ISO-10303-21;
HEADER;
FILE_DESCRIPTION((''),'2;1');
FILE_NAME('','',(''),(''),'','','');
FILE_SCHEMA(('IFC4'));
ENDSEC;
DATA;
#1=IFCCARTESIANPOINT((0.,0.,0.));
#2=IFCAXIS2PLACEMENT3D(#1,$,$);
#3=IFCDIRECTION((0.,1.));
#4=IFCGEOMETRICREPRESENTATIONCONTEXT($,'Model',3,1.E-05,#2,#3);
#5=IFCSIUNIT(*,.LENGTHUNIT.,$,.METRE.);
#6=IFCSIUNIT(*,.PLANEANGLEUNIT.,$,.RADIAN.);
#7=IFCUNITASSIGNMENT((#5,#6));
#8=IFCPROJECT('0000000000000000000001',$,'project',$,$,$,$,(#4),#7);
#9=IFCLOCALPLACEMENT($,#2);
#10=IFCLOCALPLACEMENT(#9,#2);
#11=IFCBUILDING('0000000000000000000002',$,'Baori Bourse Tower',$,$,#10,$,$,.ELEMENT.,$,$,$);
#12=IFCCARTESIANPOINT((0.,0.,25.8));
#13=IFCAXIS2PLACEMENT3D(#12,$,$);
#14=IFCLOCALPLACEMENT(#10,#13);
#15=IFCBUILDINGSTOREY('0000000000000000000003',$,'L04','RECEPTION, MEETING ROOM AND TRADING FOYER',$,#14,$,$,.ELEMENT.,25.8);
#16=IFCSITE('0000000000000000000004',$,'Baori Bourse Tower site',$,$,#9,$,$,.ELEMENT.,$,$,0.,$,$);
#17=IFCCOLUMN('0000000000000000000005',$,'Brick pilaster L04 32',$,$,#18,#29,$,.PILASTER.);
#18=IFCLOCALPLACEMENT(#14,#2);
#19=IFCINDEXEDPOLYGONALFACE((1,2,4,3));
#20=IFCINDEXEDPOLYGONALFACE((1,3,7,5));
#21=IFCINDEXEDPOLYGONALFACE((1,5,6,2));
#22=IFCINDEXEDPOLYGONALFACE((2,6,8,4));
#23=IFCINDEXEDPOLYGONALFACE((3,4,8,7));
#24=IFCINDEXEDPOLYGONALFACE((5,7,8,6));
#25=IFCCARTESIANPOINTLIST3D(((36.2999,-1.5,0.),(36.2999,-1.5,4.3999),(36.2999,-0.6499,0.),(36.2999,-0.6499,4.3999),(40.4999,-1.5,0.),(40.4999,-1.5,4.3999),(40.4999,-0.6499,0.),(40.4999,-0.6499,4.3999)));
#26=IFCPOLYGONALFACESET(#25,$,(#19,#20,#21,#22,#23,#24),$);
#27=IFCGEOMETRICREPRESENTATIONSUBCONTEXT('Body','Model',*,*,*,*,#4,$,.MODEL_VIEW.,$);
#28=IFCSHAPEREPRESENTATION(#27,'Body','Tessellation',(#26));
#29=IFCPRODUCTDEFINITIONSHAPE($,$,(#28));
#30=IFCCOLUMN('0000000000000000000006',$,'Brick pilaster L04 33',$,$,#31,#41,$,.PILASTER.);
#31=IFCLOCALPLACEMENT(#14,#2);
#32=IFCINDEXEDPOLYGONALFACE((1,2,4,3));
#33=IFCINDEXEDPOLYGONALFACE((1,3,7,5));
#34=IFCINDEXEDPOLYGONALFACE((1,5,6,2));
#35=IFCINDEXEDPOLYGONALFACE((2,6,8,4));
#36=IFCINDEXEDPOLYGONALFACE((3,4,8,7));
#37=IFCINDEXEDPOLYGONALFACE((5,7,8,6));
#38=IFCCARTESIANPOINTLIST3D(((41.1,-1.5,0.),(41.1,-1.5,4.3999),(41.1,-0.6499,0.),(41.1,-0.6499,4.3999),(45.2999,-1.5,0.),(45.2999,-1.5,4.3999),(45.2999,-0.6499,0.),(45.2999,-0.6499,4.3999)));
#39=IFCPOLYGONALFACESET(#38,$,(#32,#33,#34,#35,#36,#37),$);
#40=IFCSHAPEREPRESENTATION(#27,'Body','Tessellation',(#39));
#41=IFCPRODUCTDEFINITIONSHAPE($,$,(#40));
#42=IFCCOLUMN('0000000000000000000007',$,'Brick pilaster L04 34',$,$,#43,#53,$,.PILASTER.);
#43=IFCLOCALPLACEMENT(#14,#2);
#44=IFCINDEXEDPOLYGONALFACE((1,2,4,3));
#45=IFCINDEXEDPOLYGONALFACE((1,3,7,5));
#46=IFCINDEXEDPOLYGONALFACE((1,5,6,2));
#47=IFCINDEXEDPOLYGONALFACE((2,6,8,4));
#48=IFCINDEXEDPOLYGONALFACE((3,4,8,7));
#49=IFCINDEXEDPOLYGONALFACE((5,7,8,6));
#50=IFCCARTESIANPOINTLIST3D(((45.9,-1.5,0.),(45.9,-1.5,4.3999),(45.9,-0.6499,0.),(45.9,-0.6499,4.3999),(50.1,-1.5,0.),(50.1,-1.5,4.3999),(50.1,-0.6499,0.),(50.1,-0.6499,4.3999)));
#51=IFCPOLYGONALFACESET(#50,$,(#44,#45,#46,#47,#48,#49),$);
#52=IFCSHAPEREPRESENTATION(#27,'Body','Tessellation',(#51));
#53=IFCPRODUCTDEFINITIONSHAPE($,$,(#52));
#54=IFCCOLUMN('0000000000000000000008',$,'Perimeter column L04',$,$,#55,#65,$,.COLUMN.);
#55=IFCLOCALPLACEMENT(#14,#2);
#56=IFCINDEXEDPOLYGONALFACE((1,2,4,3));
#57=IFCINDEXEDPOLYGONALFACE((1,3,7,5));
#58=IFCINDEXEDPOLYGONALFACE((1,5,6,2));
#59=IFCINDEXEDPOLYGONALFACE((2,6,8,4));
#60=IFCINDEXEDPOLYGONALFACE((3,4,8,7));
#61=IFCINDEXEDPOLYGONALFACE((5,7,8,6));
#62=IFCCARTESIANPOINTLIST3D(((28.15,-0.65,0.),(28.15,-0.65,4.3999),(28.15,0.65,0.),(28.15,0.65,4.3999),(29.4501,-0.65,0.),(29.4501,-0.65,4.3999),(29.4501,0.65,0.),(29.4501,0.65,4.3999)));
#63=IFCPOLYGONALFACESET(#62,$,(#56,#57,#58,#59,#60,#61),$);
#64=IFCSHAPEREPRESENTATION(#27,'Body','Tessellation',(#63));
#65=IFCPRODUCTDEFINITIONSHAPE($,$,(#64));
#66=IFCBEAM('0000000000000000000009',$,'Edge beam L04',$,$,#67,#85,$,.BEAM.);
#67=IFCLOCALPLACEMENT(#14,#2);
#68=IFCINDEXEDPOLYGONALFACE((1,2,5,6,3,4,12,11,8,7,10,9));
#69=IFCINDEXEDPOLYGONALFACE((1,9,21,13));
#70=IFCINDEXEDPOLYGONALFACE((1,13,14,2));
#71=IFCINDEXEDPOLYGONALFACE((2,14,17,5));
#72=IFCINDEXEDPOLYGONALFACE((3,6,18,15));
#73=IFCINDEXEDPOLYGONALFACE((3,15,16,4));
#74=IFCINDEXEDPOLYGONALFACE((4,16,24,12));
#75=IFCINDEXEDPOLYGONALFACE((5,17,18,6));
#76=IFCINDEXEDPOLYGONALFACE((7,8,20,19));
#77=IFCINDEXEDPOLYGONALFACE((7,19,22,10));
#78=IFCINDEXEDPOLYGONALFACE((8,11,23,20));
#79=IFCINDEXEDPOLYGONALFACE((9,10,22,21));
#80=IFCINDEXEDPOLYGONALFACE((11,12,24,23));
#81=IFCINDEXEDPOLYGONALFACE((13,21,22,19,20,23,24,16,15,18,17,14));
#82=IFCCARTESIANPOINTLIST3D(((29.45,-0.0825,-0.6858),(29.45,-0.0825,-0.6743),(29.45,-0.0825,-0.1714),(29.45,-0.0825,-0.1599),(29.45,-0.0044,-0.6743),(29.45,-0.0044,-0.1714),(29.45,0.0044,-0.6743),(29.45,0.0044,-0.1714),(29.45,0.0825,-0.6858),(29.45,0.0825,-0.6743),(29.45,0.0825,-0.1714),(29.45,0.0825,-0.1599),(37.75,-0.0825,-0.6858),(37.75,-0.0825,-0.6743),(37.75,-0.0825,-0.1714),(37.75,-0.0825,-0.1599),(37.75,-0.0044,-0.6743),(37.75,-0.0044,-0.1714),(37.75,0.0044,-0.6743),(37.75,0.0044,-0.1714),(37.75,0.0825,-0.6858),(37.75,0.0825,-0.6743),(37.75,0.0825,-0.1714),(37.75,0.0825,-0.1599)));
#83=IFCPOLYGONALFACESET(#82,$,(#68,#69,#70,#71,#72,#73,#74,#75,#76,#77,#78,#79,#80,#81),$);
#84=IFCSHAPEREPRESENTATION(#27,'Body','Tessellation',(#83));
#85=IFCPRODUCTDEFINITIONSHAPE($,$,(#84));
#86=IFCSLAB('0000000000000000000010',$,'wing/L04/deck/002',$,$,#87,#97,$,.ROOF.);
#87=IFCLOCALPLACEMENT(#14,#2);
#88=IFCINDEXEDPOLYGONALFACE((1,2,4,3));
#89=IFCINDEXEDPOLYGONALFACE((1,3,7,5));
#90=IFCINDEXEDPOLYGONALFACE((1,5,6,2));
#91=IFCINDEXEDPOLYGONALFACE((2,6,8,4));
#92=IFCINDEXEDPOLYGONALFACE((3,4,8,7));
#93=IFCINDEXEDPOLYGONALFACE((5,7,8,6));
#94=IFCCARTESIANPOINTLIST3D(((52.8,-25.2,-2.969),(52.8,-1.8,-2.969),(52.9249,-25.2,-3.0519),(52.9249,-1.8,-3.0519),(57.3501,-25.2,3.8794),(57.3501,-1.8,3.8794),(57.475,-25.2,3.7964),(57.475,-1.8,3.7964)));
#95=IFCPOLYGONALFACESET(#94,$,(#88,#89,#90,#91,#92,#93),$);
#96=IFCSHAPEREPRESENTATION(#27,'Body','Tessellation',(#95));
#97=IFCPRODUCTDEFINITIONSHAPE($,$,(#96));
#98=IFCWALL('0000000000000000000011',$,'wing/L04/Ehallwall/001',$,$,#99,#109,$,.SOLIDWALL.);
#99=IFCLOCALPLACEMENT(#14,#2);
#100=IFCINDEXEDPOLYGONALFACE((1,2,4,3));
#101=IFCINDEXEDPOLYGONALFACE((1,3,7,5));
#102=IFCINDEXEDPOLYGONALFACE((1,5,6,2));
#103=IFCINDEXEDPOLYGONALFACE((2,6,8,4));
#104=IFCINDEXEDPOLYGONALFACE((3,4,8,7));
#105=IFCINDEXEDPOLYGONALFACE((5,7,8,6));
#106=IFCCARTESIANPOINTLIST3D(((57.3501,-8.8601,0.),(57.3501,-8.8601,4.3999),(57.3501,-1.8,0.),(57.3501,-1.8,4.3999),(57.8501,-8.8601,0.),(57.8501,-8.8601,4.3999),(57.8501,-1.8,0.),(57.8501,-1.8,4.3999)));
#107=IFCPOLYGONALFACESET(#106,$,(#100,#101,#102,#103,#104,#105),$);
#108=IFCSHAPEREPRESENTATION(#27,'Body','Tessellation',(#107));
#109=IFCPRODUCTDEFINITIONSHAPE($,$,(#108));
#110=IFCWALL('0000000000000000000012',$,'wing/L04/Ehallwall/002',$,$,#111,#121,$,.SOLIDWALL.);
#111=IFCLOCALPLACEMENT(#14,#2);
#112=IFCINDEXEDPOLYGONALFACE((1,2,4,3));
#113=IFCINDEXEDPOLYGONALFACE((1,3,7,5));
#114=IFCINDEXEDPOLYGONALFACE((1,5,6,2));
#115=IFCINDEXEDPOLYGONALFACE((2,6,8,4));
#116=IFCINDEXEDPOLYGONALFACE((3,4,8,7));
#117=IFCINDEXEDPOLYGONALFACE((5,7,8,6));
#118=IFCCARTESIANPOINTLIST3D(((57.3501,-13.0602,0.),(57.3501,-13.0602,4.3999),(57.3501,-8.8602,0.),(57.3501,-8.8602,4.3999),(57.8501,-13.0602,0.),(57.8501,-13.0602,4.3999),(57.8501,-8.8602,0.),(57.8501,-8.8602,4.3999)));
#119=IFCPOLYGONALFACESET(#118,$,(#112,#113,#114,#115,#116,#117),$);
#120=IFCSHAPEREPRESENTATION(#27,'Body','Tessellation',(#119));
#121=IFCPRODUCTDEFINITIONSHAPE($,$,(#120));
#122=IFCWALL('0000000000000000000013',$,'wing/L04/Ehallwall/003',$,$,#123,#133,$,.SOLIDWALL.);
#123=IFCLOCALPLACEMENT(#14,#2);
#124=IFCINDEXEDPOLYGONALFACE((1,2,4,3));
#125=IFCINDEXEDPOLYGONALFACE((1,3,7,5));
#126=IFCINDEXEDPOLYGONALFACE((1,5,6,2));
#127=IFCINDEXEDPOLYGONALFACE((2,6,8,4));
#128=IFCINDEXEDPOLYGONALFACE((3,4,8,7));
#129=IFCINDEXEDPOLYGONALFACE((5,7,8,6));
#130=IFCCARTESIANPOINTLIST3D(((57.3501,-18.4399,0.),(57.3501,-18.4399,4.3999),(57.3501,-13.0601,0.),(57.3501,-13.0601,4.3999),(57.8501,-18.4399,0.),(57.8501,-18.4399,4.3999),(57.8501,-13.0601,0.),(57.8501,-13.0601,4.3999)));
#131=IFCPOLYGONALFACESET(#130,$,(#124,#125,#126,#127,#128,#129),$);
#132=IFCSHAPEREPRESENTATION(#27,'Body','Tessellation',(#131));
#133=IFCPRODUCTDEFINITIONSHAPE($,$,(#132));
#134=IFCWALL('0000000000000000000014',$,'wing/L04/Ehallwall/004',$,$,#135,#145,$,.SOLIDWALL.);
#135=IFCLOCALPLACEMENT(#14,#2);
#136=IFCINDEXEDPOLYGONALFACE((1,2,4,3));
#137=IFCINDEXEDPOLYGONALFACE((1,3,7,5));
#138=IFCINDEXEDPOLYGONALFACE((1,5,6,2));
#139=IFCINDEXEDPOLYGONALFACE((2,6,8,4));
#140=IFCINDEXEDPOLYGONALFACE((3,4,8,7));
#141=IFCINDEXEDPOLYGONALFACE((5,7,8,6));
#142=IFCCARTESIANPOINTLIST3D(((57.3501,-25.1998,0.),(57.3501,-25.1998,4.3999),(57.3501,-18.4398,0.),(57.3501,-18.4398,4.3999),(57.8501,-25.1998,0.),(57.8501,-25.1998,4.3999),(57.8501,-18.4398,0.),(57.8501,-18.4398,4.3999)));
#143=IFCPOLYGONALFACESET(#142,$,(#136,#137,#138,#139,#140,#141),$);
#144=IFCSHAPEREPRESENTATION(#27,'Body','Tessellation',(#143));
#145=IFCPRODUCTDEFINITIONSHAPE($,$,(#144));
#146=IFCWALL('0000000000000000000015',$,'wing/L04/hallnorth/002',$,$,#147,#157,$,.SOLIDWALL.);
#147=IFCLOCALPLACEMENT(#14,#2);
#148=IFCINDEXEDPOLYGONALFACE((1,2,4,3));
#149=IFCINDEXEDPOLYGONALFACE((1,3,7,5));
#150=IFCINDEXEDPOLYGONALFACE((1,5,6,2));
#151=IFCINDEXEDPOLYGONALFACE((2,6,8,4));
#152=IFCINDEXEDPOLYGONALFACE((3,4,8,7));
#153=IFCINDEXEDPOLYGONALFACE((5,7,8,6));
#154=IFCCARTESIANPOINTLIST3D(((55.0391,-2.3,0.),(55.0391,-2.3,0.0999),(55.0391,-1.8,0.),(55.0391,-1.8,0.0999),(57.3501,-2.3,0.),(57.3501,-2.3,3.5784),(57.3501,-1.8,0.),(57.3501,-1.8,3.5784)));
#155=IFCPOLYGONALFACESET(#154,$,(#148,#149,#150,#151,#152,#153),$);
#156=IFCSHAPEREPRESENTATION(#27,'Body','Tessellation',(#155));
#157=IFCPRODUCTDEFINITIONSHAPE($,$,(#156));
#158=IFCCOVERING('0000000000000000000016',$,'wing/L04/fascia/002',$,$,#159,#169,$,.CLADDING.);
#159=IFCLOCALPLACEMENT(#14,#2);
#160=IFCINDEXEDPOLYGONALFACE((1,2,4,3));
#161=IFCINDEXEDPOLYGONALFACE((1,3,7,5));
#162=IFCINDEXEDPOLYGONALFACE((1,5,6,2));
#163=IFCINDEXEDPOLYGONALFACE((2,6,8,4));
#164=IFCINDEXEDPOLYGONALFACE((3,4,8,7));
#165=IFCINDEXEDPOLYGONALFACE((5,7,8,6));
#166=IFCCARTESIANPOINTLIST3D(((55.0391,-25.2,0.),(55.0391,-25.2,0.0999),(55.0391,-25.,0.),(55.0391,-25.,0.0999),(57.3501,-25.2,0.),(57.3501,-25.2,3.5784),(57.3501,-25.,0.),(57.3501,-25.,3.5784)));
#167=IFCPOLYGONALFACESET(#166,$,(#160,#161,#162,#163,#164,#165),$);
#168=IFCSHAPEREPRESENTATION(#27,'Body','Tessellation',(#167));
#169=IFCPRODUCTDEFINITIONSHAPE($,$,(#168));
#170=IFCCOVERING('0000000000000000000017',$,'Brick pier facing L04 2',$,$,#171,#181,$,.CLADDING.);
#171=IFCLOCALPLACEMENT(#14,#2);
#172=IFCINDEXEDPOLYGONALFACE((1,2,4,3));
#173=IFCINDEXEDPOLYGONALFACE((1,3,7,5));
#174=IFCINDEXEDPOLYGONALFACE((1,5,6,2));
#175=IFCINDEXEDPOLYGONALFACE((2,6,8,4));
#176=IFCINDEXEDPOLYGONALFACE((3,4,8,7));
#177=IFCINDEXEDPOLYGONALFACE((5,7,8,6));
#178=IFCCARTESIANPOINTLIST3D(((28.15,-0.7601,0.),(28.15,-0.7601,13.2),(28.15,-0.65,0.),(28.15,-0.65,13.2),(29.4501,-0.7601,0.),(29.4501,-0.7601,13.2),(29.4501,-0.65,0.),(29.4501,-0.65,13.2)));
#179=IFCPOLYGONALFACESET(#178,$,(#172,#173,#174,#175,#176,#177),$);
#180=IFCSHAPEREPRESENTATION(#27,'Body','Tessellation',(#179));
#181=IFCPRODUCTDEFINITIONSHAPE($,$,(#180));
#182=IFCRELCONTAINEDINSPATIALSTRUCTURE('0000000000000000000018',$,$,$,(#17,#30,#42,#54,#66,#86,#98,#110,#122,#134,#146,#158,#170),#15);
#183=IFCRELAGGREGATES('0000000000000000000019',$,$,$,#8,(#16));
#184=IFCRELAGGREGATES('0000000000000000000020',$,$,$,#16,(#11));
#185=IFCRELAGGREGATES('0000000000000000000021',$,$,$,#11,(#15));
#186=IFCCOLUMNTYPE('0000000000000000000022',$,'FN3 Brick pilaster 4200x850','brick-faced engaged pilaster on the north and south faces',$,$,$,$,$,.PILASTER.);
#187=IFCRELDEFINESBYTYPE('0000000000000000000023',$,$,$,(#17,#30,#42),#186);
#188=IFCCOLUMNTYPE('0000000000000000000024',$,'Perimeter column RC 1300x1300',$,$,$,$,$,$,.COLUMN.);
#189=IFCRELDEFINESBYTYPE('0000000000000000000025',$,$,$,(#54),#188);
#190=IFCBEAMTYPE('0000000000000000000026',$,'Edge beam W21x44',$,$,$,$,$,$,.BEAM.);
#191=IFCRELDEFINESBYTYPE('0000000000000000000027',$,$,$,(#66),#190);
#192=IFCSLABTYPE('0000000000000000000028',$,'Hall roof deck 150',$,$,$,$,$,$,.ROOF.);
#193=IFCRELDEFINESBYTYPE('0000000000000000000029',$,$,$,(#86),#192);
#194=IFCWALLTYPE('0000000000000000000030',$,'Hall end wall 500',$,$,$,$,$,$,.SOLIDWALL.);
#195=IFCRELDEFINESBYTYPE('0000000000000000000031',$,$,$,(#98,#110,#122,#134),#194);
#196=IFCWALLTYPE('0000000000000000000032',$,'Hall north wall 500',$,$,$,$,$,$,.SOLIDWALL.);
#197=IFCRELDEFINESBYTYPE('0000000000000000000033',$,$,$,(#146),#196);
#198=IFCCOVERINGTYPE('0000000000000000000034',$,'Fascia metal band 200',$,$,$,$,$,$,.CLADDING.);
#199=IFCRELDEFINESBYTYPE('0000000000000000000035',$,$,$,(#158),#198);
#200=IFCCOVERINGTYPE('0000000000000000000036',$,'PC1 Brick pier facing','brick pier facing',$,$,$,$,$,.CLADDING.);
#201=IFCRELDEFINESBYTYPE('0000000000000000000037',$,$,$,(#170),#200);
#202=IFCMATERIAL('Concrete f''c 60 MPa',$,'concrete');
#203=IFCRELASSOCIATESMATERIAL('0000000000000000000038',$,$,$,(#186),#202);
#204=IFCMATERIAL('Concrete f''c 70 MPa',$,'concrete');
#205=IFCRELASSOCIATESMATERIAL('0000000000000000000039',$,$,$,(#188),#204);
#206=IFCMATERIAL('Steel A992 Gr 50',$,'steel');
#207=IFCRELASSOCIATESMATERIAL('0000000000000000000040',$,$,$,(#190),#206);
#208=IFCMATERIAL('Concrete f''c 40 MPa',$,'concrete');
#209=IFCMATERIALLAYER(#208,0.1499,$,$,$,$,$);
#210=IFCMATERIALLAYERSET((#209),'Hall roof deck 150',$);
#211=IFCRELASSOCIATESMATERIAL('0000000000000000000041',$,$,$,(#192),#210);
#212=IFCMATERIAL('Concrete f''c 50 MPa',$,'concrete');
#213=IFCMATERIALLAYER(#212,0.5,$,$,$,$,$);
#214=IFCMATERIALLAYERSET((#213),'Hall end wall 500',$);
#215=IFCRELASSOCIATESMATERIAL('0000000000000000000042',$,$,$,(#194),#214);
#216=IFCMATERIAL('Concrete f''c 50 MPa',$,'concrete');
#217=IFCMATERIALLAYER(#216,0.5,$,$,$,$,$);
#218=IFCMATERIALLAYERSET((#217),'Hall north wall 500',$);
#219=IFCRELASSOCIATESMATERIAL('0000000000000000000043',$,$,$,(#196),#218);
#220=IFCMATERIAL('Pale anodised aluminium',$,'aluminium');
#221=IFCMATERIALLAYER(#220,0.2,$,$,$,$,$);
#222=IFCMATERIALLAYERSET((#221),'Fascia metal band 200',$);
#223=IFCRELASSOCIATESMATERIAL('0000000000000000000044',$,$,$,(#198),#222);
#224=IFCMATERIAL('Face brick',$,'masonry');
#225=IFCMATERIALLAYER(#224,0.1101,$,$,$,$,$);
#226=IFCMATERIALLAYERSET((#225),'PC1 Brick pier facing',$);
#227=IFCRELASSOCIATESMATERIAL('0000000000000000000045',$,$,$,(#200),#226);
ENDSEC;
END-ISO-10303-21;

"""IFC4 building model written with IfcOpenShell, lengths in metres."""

from ifc_helpers import new_model, si_unit, direction, frame, frame_2d, origin, origin_2d, place, context, subcontext, project, spatial, polyline, rectangle, i_section, outline, extrude, material, layer, layer_set, material_profile, profile_set, type_object, element, save


model = new_model("IFC4")

# Units and contexts
model_context = context("Model", 3, precision=1e-05, world=origin(), true_north=direction((0.0, 1.0)))
body_context = subcontext(model_context, "Body", "Model", "MODEL_VIEW")
ifc_project = project(units=[si_unit("LENGTHUNIT", "METRE"), si_unit("PLANEANGLEUNIT", "RADIAN")], contexts=[model_context])

# Site, building, storey
site_placement = place(None, origin())
site = spatial("IfcSite", under=ifc_project, at=site_placement, Name="Baori Bourse Tower site", CompositionType="ELEMENT", RefElevation=0.0)
building_placement = place(site_placement, origin())
building = spatial("IfcBuilding", under=site, at=building_placement, Name="Baori Bourse Tower", CompositionType="ELEMENT")
storey_placement = place(building_placement, frame((0.0, 0.0, 25.8)))
storey = spatial("IfcBuildingStorey", under=building, at=storey_placement, Name="L04", Description="RECEPTION, MEETING ROOM AND TRADING FOYER", CompositionType="ELEMENT", Elevation=25.8)

# Columns
ifc_material_1 = material(Name="Concrete f'c 60 MPa", Category="concrete")
ifc_material_profile_1 = material_profile(ifc_material_1, rectangle(XDim=4.2, YDim=0.8501, at=origin_2d()), Name="RC 4200x850")
ifc_profile_set_1 = profile_set([ifc_material_profile_1], Name="Concrete f'c 60 MPa")
column_type_1 = type_object("IfcColumnType", Name="FN3 Brick pilaster 4200x850", Description="brick-faced engaged pilaster on the north and south faces", PredefinedType="PILASTER", material=ifc_profile_set_1)
for number, where, z_axis, x_axis, name in (
    (1, (38.3999, -1.075, 0.0), (0.0, 0.0, 1.0), (1.0, 0.0, 0.0), "Brick pilaster L04 32"),
    (2, (43.2, -1.075, 0.0), (0.0, 0.0, 1.0), (1.0, 0.0, 0.0), "Brick pilaster L04 33"),
    (3, (48.0, -1.075, 0.0), (0.0, 0.0, 1.0), (1.0, 0.0, 0.0), "Brick pilaster L04 34"),
):
    element("IfcColumn", number, at=place(storey_placement, frame(where, z_axis=z_axis, x_axis=x_axis)), inside=storey, type_object=column_type_1, Name=name, PredefinedType="PILASTER", context=body_context, shape_type="SweptSolid", body=[
        extrude(rectangle(XDim=4.2, YDim=0.8501, at=origin_2d()), origin(), (0.0, 0.0, 1.0), 4.3999),
    ])
ifc_material_2 = material(Name="Concrete f'c 70 MPa", Category="concrete")
ifc_material_profile_2 = material_profile(ifc_material_2, rectangle(XDim=1.3, YDim=1.3, at=origin_2d()), Name="RC 1300x1300")
ifc_profile_set_2 = profile_set([ifc_material_profile_2], Name="Concrete f'c 70 MPa")
column_type_2 = type_object("IfcColumnType", Name="Perimeter column RC 1300x1300", PredefinedType="COLUMN", material=ifc_profile_set_2)
column_placement = place(storey_placement, frame((28.8, 0.0, 0.0), z_axis=(0.0, 0.0, 1.0), x_axis=(1.0, 0.0, 0.0)))
element("IfcColumn", 4, at=column_placement, inside=storey, type_object=column_type_2, Name="Perimeter column L04", PredefinedType="COLUMN", context=body_context, shape_type="SweptSolid", body=[
    extrude(rectangle(XDim=1.3, YDim=1.3, at=origin_2d()), origin(), (0.0, 0.0, 1.0), 4.3999),
])

# Beam
ifc_material_3 = material(Name="Steel A992 Gr 50", Category="steel")
ifc_material_profile_3 = material_profile(ifc_material_3, i_section(OverallWidth=0.165, OverallDepth=0.5259, WebThickness=0.0088, FlangeThickness=0.0115, at=origin_2d()), Name="W21x44")
ifc_profile_set_3 = profile_set([ifc_material_profile_3], Name="Steel A992 Gr 50")
beam_type = type_object("IfcBeamType", Name="Edge beam W21x44", PredefinedType="BEAM", material=ifc_profile_set_3)
beam_placement = place(storey_placement, frame((29.45, 0.0, -0.4229), z_axis=(1.0, 0.0, 0.0), x_axis=(0.0, 1.0, 0.0)))
element("IfcBeam", 5, at=beam_placement, inside=storey, type_object=beam_type, Name="Edge beam L04", PredefinedType="BEAM", context=body_context, shape_type="SweptSolid", body=[
    extrude(i_section(OverallWidth=0.165, OverallDepth=0.5259, WebThickness=0.0088, FlangeThickness=0.0115, at=origin_2d()), origin(), (0.0, 0.0, 1.0), 8.3),
])

# Slab
ifc_material_4 = material(Name="Concrete f'c 40 MPa", Category="concrete")
ifc_layer_1 = layer(ifc_material_4, 0.1499)
ifc_layer_set_1 = layer_set([ifc_layer_1], Name="Hall roof deck 150")
slab_type = type_object("IfcSlabType", Name="Hall roof deck 150", PredefinedType="ROOF", material=ifc_layer_set_1)
slab_placement = place(storey_placement, frame((52.8, -25.2, -2.969), z_axis=(-0.832922, 0.0, 0.553391), x_axis=(0.553391, 0.0, 0.832922)))
element("IfcSlab", 6, at=slab_placement, inside=storey, type_object=slab_type, Name="wing/L04/deck/002", PredefinedType="ROOF", context=body_context, shape_type="SweptSolid", body=[
    extrude(outline(polyline([(0.0, 0.0), (8.2221, 0.0), (8.2221, 23.3999), (0.0, 23.3999), (0.0, 0.0)])), origin(), (0.0, 0.0, -1.0), 0.1499),
])

# Walls
ifc_material_5 = material(Name="Concrete f'c 50 MPa", Category="concrete")
ifc_layer_2 = layer(ifc_material_5, 0.5)
ifc_layer_set_2 = layer_set([ifc_layer_2], Name="Hall end wall 500")
wall_type_1 = type_object("IfcWallType", Name="Hall end wall 500", PredefinedType="SOLIDWALL", material=ifc_layer_set_2)
wall_1_placement = place(storey_placement, frame((57.6001, -1.8, 0.0), z_axis=(0.0, 0.0, 1.0), x_axis=(0.0, -1.0, 0.0)))
element("IfcWall", 7, at=wall_1_placement, inside=storey, type_object=wall_type_1, Name="wing/L04/Ehallwall/001", PredefinedType="SOLIDWALL", context=body_context, shape_type="SweptSolid", body=[
    extrude(rectangle(XDim=7.0601, YDim=0.5, at=frame_2d((3.53, 0.0))), origin(), (0.0, 0.0, 1.0), 4.3999),
])
wall_2_placement = place(storey_placement, frame((57.6001, -8.8601, 0.0), z_axis=(0.0, 0.0, 1.0), x_axis=(0.0, -1.0, 0.0)))
element("IfcWall", 8, at=wall_2_placement, inside=storey, type_object=wall_type_1, Name="wing/L04/Ehallwall/002", PredefinedType="SOLIDWALL", context=body_context, shape_type="SweptSolid", body=[
    extrude(rectangle(XDim=4.2, YDim=0.5, at=frame_2d((2.1001, 0.0))), origin(), (0.0, 0.0, 1.0), 4.3999),
])
wall_3_placement = place(storey_placement, frame((57.6001, -13.0601, 0.0), z_axis=(0.0, 0.0, 1.0), x_axis=(0.0, -1.0, 0.0)))
element("IfcWall", 9, at=wall_3_placement, inside=storey, type_object=wall_type_1, Name="wing/L04/Ehallwall/003", PredefinedType="SOLIDWALL", context=body_context, shape_type="SweptSolid", body=[
    extrude(rectangle(XDim=5.3799, YDim=0.5, at=frame_2d((2.6899, 0.0))), origin(), (0.0, 0.0, 1.0), 4.3999),
])
wall_4_placement = place(storey_placement, frame((57.6001, -18.4399, 0.0), z_axis=(0.0, 0.0, 1.0), x_axis=(0.0, -1.0, 0.0)))
element("IfcWall", 10, at=wall_4_placement, inside=storey, type_object=wall_type_1, Name="wing/L04/Ehallwall/004", PredefinedType="SOLIDWALL", context=body_context, shape_type="SweptSolid", body=[
    extrude(rectangle(XDim=6.76, YDim=0.5, at=frame_2d((3.3799, 0.0))), origin(), (0.0, 0.0, 1.0), 4.3999),
])
ifc_material_6 = material(Name="Concrete f'c 50 MPa", Category="concrete")
ifc_layer_3 = layer(ifc_material_6, 0.5)
ifc_layer_set_3 = layer_set([ifc_layer_3], Name="Hall north wall 500")
wall_type_2 = type_object("IfcWallType", Name="Hall north wall 500", PredefinedType="SOLIDWALL", material=ifc_layer_set_3)
wall_5_placement = place(storey_placement, frame((55.0391, -2.05, 0.0), z_axis=(0.0, 0.0, 1.0), x_axis=(1.0, 0.0, 0.0)))
element("IfcWall", 11, at=wall_5_placement, inside=storey, type_object=wall_type_2, Name="wing/L04/hallnorth/002", PredefinedType="SOLIDWALL", context=body_context, shape_type="SweptSolid", body=[
    extrude(outline(polyline([(0.0, 0.0), (2.311, 0.0), (2.311, 3.5784), (0.0, 0.0999), (0.0, 0.0)])), frame((0.0, 0.25, 0.0), z_axis=(0.0, -1.0, 0.0), x_axis=(1.0, 0.0, 0.0)), (0.0, 0.0, 1.0), 0.5),
])

# Coverings
ifc_material_7 = material(Name="Pale anodised aluminium", Category="aluminium")
ifc_layer_4 = layer(ifc_material_7, 0.2)
ifc_layer_set_4 = layer_set([ifc_layer_4], Name="Fascia metal band 200")
covering_type_1 = type_object("IfcCoveringType", Name="Fascia metal band 200", PredefinedType="CLADDING", material=ifc_layer_set_4)
covering_1_placement = place(storey_placement, frame((55.0391, -25.1001, 0.0), z_axis=(0.0, 0.0, 1.0), x_axis=(1.0, 0.0, 0.0)))
element("IfcCovering", 12, at=covering_1_placement, inside=storey, type_object=covering_type_1, Name="wing/L04/fascia/002", PredefinedType="CLADDING", context=body_context, shape_type="SweptSolid", body=[
    extrude(outline(polyline([(0.0, 0.0), (2.311, 0.0), (2.311, 3.5784), (0.0, 0.0999), (0.0, 0.0)])), frame((0.0, 0.1001, 0.0), z_axis=(0.0, -1.0, 0.0), x_axis=(1.0, 0.0, 0.0)), (0.0, 0.0, 1.0), 0.2),
])
ifc_material_8 = material(Name="Face brick", Category="masonry")
ifc_layer_5 = layer(ifc_material_8, 0.1101)
ifc_layer_set_5 = layer_set([ifc_layer_5], Name="PC1 Brick pier facing")
covering_type_2 = type_object("IfcCoveringType", Name="PC1 Brick pier facing", Description="brick pier facing", PredefinedType="CLADDING", material=ifc_layer_set_5)
covering_2_placement = place(storey_placement, frame((28.8, -0.7051, 0.0), z_axis=(0.0, 0.0, 1.0), x_axis=(1.0, 0.0, 0.0)))
element("IfcCovering", 13, at=covering_2_placement, inside=storey, type_object=covering_type_2, Name="Brick pier facing L04 2", PredefinedType="CLADDING", context=body_context, shape_type="SweptSolid", body=[
    extrude(rectangle(XDim=1.3, YDim=0.1101, at=origin_2d()), origin(), (0.0, 0.0, 1.0), 13.2),
])

save(model, "model.ifc")
